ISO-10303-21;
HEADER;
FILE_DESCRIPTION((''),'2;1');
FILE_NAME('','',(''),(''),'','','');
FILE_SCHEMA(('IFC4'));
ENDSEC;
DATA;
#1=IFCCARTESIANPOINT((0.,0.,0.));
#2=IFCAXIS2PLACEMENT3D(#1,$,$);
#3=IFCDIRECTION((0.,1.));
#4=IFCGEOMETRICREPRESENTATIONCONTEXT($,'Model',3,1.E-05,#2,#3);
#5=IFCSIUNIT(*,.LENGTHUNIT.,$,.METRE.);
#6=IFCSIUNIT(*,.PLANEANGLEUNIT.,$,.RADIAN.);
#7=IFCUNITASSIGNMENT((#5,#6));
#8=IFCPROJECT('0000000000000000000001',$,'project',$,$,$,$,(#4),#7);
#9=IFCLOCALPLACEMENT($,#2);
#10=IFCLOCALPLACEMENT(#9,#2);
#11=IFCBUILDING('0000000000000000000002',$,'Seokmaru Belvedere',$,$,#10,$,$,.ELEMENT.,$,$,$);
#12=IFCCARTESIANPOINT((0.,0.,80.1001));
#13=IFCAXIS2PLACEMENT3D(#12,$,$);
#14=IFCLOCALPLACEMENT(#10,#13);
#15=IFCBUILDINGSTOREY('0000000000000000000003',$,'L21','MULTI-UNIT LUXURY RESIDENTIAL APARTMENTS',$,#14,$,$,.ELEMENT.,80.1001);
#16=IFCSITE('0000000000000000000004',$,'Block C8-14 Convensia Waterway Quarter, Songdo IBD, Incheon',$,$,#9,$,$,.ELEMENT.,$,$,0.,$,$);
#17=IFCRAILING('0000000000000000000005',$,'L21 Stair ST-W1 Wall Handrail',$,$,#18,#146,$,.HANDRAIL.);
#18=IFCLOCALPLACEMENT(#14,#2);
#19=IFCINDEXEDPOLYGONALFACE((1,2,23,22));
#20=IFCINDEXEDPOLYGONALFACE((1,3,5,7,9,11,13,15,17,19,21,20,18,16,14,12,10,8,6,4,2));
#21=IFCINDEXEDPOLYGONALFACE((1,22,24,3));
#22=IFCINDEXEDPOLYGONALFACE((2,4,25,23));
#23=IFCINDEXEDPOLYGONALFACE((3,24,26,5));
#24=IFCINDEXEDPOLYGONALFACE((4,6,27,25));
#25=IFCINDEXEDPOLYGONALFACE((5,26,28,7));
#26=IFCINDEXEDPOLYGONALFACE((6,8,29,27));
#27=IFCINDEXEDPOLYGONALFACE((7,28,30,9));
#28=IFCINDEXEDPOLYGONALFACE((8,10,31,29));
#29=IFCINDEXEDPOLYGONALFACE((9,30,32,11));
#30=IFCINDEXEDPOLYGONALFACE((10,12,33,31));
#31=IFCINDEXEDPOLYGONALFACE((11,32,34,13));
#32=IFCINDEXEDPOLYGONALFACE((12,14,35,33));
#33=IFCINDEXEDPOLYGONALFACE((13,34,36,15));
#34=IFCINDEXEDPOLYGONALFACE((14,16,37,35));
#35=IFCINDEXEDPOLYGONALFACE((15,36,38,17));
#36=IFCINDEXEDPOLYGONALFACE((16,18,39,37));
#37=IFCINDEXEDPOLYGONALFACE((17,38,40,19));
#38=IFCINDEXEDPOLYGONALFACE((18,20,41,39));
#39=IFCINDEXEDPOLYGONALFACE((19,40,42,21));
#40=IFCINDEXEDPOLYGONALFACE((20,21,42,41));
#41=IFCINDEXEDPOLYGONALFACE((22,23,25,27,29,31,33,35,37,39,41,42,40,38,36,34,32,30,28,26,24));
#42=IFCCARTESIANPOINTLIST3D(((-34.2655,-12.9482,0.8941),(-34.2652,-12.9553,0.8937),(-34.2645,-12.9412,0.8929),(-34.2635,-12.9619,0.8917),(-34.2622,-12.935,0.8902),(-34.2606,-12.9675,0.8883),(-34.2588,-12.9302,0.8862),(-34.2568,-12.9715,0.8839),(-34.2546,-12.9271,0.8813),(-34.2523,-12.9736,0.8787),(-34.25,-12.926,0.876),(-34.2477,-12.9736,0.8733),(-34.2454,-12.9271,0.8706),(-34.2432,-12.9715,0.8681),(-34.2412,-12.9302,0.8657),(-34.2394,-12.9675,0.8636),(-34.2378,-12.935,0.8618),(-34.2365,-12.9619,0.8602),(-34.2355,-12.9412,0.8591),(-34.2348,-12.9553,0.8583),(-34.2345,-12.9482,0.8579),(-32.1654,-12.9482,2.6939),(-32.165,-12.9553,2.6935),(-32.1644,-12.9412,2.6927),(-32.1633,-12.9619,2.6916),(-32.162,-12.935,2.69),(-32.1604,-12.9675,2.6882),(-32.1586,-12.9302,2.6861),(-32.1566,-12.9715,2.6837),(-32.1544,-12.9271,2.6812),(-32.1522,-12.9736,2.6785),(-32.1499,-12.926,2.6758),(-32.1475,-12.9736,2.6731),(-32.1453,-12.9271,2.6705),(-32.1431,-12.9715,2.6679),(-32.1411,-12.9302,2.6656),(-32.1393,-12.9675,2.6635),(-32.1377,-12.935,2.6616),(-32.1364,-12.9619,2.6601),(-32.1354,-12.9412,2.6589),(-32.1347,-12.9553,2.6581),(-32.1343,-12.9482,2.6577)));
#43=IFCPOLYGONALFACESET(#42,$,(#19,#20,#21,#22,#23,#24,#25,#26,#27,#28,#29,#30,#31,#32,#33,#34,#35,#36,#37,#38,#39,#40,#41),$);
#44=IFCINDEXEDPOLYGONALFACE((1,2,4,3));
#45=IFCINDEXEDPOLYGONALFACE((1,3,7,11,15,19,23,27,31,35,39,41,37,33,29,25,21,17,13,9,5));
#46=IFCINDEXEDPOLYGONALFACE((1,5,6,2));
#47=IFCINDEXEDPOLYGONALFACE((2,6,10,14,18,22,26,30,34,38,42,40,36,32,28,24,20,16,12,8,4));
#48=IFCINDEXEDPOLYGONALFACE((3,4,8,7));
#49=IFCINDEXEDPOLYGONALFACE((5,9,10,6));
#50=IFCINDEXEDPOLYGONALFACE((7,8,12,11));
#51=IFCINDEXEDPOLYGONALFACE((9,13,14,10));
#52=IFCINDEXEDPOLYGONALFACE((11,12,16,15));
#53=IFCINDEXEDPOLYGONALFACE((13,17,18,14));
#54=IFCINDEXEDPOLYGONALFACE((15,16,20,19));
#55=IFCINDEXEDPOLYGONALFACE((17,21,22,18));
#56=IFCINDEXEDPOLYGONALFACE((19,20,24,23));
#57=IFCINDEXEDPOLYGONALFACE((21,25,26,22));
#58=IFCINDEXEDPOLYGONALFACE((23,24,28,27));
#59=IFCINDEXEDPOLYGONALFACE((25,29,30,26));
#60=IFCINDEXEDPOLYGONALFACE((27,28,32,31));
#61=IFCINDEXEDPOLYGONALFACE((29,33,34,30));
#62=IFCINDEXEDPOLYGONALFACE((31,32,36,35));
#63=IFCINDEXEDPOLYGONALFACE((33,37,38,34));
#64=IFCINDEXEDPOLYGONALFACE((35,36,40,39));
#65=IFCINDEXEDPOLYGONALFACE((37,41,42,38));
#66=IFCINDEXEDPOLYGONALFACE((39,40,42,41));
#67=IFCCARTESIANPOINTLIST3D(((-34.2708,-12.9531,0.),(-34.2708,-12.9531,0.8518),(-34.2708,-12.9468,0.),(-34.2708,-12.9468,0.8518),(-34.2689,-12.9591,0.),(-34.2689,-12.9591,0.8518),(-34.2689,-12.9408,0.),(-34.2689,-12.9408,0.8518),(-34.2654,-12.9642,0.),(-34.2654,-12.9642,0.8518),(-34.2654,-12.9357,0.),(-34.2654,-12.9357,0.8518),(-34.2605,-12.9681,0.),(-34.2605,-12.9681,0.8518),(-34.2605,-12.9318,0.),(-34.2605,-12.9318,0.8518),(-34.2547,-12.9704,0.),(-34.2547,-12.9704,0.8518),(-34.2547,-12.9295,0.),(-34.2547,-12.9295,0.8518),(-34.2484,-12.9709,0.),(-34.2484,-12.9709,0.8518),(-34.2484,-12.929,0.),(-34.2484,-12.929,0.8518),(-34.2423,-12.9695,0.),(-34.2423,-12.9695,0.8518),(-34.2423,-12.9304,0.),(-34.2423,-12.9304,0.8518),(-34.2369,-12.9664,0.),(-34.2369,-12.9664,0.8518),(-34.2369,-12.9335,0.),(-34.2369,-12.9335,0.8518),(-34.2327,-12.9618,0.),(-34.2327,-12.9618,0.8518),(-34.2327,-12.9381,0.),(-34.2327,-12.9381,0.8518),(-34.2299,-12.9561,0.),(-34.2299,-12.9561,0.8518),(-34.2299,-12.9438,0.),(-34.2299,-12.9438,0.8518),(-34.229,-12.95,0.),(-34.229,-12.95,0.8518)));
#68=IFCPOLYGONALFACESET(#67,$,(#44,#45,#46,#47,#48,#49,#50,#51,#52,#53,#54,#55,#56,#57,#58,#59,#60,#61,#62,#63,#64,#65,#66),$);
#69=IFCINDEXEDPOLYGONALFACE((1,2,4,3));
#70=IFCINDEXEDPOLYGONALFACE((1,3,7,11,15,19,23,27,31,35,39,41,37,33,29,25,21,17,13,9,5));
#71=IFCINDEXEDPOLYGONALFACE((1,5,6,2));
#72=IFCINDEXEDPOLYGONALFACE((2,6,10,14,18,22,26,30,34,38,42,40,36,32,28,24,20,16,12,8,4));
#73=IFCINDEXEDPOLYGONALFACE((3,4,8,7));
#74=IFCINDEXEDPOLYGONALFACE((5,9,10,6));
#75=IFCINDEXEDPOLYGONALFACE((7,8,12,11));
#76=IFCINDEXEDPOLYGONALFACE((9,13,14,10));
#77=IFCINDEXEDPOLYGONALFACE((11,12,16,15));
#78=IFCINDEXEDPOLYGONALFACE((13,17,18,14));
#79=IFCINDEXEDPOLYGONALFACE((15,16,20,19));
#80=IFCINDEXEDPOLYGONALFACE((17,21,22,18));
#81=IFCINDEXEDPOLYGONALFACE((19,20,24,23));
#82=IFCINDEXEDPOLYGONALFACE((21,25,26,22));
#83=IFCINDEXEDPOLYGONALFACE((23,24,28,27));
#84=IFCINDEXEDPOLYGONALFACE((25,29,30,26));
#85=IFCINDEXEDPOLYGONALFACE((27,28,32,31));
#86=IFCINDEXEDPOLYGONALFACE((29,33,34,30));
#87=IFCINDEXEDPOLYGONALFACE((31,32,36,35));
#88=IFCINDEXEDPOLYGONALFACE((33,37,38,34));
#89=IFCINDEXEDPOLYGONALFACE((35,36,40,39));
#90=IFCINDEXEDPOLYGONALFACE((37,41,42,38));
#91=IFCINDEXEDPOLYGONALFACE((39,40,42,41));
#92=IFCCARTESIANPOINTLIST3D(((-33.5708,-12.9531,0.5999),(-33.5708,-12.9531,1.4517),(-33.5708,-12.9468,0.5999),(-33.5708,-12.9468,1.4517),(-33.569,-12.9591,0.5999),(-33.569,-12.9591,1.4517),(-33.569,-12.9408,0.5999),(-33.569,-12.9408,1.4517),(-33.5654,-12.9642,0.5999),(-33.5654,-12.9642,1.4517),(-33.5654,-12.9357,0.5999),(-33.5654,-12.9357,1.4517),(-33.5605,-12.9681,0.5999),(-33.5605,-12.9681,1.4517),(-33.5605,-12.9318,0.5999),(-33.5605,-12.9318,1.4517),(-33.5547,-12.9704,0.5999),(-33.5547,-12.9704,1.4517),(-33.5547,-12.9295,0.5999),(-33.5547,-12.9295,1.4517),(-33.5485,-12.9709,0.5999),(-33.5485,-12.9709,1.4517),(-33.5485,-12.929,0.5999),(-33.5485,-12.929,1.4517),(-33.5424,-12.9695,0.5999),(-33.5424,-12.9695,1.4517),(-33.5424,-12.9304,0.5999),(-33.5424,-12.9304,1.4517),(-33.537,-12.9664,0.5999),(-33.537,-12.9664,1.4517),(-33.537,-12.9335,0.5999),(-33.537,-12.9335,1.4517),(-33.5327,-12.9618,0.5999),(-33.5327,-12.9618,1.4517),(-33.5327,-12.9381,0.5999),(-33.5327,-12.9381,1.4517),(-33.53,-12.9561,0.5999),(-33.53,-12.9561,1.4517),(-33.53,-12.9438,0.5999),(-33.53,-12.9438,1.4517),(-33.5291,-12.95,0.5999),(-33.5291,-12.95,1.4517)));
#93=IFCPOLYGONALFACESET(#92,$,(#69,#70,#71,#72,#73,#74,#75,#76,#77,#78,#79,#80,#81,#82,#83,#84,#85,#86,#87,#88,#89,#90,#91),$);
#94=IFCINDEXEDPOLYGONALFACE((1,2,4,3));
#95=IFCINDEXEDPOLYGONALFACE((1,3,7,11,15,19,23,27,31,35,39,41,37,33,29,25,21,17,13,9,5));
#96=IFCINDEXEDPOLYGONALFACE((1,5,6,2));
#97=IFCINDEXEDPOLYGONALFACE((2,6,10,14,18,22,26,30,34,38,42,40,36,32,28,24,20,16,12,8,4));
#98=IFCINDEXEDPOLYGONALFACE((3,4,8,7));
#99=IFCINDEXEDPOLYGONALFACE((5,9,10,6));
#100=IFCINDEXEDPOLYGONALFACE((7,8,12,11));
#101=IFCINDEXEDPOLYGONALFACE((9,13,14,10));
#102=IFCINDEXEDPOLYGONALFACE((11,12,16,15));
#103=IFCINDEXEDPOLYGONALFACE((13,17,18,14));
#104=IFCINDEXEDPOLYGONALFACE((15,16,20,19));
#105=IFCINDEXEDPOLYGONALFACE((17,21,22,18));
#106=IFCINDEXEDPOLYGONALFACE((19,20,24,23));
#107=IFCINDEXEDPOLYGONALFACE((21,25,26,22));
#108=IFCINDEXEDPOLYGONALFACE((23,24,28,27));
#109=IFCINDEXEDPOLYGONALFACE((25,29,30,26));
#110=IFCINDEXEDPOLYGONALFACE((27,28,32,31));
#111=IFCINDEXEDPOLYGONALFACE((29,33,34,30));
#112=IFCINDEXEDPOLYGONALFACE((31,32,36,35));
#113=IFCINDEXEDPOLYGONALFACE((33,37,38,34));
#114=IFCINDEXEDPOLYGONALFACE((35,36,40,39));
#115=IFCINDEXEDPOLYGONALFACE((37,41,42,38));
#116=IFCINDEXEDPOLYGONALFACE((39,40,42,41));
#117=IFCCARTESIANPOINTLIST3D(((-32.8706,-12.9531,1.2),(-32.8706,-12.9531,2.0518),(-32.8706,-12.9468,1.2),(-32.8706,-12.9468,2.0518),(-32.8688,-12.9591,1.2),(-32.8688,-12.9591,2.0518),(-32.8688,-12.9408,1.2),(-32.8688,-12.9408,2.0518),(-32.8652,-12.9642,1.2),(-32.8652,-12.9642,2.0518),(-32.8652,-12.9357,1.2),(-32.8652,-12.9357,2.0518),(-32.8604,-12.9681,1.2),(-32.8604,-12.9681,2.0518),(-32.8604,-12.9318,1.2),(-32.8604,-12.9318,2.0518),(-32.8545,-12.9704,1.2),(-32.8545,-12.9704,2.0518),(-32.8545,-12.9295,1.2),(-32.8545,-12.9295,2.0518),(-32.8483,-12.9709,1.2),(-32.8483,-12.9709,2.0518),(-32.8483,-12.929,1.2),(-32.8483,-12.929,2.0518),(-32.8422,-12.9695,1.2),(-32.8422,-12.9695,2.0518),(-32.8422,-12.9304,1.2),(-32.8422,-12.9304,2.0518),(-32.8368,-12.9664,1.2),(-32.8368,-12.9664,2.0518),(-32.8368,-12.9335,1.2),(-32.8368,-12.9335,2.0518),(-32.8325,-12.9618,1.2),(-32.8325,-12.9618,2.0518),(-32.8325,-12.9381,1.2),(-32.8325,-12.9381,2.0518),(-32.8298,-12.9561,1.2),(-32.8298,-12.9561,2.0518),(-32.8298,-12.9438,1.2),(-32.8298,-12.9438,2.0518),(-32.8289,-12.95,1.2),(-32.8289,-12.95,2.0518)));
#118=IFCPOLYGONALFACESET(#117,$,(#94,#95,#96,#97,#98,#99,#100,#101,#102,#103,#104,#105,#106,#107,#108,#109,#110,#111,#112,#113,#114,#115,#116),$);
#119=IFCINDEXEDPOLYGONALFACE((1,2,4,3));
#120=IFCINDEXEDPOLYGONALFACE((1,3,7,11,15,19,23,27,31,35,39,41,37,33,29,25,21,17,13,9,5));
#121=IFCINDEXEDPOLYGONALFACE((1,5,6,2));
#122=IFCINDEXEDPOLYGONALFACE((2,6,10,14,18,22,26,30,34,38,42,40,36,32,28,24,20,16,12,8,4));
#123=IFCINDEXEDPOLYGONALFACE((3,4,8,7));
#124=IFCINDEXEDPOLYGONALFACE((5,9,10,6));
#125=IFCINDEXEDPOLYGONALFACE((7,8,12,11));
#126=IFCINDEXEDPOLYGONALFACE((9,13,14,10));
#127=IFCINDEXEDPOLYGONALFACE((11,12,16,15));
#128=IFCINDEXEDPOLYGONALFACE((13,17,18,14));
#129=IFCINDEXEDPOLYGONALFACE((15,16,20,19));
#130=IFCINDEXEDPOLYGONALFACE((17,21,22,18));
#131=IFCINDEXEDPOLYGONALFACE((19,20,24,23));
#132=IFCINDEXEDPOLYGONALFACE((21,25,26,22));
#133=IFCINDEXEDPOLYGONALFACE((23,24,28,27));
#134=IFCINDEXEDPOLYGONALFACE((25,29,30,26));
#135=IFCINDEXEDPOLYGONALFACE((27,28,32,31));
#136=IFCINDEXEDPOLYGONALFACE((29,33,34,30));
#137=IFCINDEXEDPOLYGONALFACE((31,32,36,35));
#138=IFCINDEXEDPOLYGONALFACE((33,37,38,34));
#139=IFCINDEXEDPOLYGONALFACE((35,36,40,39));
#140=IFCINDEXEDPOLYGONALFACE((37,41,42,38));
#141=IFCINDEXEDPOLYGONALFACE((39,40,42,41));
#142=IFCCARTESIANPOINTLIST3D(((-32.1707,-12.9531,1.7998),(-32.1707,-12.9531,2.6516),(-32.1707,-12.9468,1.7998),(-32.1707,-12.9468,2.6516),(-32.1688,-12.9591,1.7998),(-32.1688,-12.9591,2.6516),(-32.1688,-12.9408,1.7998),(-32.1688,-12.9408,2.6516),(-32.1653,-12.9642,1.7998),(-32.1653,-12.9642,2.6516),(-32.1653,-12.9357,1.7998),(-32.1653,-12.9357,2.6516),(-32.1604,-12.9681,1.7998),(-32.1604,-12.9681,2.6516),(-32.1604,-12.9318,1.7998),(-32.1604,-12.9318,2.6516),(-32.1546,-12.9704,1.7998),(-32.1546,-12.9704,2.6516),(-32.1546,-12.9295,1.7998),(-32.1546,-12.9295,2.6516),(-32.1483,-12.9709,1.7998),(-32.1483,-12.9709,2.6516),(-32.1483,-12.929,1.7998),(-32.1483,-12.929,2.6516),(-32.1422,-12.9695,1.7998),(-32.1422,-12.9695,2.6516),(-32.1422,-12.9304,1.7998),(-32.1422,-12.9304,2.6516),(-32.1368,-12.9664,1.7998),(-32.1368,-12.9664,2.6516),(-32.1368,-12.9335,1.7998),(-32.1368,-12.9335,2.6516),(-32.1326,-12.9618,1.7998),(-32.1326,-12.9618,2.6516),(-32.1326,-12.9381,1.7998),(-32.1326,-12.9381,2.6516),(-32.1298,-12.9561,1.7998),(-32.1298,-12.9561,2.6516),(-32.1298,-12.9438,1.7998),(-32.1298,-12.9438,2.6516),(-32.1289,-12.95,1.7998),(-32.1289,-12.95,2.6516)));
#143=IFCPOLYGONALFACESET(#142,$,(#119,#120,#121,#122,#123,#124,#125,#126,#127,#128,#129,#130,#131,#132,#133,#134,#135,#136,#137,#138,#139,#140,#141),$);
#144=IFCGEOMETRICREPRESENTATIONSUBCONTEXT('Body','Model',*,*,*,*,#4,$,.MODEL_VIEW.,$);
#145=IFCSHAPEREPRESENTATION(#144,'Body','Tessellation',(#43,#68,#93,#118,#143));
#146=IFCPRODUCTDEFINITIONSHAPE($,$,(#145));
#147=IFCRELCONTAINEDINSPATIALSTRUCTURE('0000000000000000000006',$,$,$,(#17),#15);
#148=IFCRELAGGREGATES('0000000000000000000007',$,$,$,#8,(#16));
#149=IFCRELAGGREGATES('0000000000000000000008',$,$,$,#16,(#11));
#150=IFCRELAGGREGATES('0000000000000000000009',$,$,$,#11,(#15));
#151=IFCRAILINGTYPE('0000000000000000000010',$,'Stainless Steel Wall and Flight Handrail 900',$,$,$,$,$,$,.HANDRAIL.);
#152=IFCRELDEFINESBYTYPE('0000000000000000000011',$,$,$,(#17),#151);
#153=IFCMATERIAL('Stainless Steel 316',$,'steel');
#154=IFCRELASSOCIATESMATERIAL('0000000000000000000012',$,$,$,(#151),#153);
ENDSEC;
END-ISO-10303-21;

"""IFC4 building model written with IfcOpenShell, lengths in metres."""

from ifc_helpers import new_model, si_unit, direction, frame, origin, origin_2d, place, context, subcontext, project, spatial, circle, extrude, material, type_object, element, save


model = new_model("IFC4")

# Units and contexts
model_context = context("Model", 3, precision=1e-05, world=origin(), true_north=direction((0.0, 1.0)))
body_context = subcontext(model_context, "Body", "Model", "MODEL_VIEW")
ifc_project = project(units=[si_unit("LENGTHUNIT", "METRE"), si_unit("PLANEANGLEUNIT", "RADIAN")], contexts=[model_context])

# Site, building, storey
site_placement = place(None, origin())
site = spatial("IfcSite", under=ifc_project, at=site_placement, Name="Block C8-14 Convensia Waterway Quarter, Songdo IBD, Incheon", CompositionType="ELEMENT", RefElevation=0.0)
building_placement = place(site_placement, origin())
building = spatial("IfcBuilding", under=site, at=building_placement, Name="Seokmaru Belvedere", CompositionType="ELEMENT")
storey_placement = place(building_placement, frame((0.0, 0.0, 80.1001)))
storey = spatial("IfcBuildingStorey", under=building, at=storey_placement, Name="L21", Description="MULTI-UNIT LUXURY RESIDENTIAL APARTMENTS", CompositionType="ELEMENT", Elevation=80.1001)

# Railing
ifc_material_1 = material(Name="Stainless Steel 316", Category="steel")
railing_type_1 = type_object("IfcRailingType", Name="Stainless Steel Wall and Flight Handrail 900", PredefinedType="HANDRAIL", material=ifc_material_1)
railing_1_placement = place(storey_placement, frame((-34.25, -12.95, 0.0)))
element("IfcRailing", 1, at=railing_1_placement, inside=storey, type_object=railing_type_1, Name="L21 Stair ST-W1 Wall Handrail", PredefinedType="HANDRAIL", context=body_context, shape_type="SweptSolid", body=[
    extrude(circle(Radius=0.0239, at=origin_2d()), frame((0.0, 0.0, 0.876), z_axis=(0.759306, 0.0, 0.650733), x_axis=(0.0, 1.0, 0.0)), (0.0, 0.0, 1.0), 2.7659),
    extrude(circle(Radius=0.021, at=origin_2d()), origin(), (0.0, 0.0, 1.0), 0.8518),
    extrude(circle(Radius=0.021, at=origin_2d()), frame((0.7, 0.0, 0.5999)), (0.0, 0.0, 1.0), 0.8518),
    extrude(circle(Radius=0.021, at=origin_2d()), frame((1.4001, 0.0, 1.2)), (0.0, 0.0, 1.0), 0.8518),
    extrude(circle(Radius=0.021, at=origin_2d()), frame((2.1001, 0.0, 1.7998)), (0.0, 0.0, 1.0), 0.8518),
])

save(model, "model.ifc")
